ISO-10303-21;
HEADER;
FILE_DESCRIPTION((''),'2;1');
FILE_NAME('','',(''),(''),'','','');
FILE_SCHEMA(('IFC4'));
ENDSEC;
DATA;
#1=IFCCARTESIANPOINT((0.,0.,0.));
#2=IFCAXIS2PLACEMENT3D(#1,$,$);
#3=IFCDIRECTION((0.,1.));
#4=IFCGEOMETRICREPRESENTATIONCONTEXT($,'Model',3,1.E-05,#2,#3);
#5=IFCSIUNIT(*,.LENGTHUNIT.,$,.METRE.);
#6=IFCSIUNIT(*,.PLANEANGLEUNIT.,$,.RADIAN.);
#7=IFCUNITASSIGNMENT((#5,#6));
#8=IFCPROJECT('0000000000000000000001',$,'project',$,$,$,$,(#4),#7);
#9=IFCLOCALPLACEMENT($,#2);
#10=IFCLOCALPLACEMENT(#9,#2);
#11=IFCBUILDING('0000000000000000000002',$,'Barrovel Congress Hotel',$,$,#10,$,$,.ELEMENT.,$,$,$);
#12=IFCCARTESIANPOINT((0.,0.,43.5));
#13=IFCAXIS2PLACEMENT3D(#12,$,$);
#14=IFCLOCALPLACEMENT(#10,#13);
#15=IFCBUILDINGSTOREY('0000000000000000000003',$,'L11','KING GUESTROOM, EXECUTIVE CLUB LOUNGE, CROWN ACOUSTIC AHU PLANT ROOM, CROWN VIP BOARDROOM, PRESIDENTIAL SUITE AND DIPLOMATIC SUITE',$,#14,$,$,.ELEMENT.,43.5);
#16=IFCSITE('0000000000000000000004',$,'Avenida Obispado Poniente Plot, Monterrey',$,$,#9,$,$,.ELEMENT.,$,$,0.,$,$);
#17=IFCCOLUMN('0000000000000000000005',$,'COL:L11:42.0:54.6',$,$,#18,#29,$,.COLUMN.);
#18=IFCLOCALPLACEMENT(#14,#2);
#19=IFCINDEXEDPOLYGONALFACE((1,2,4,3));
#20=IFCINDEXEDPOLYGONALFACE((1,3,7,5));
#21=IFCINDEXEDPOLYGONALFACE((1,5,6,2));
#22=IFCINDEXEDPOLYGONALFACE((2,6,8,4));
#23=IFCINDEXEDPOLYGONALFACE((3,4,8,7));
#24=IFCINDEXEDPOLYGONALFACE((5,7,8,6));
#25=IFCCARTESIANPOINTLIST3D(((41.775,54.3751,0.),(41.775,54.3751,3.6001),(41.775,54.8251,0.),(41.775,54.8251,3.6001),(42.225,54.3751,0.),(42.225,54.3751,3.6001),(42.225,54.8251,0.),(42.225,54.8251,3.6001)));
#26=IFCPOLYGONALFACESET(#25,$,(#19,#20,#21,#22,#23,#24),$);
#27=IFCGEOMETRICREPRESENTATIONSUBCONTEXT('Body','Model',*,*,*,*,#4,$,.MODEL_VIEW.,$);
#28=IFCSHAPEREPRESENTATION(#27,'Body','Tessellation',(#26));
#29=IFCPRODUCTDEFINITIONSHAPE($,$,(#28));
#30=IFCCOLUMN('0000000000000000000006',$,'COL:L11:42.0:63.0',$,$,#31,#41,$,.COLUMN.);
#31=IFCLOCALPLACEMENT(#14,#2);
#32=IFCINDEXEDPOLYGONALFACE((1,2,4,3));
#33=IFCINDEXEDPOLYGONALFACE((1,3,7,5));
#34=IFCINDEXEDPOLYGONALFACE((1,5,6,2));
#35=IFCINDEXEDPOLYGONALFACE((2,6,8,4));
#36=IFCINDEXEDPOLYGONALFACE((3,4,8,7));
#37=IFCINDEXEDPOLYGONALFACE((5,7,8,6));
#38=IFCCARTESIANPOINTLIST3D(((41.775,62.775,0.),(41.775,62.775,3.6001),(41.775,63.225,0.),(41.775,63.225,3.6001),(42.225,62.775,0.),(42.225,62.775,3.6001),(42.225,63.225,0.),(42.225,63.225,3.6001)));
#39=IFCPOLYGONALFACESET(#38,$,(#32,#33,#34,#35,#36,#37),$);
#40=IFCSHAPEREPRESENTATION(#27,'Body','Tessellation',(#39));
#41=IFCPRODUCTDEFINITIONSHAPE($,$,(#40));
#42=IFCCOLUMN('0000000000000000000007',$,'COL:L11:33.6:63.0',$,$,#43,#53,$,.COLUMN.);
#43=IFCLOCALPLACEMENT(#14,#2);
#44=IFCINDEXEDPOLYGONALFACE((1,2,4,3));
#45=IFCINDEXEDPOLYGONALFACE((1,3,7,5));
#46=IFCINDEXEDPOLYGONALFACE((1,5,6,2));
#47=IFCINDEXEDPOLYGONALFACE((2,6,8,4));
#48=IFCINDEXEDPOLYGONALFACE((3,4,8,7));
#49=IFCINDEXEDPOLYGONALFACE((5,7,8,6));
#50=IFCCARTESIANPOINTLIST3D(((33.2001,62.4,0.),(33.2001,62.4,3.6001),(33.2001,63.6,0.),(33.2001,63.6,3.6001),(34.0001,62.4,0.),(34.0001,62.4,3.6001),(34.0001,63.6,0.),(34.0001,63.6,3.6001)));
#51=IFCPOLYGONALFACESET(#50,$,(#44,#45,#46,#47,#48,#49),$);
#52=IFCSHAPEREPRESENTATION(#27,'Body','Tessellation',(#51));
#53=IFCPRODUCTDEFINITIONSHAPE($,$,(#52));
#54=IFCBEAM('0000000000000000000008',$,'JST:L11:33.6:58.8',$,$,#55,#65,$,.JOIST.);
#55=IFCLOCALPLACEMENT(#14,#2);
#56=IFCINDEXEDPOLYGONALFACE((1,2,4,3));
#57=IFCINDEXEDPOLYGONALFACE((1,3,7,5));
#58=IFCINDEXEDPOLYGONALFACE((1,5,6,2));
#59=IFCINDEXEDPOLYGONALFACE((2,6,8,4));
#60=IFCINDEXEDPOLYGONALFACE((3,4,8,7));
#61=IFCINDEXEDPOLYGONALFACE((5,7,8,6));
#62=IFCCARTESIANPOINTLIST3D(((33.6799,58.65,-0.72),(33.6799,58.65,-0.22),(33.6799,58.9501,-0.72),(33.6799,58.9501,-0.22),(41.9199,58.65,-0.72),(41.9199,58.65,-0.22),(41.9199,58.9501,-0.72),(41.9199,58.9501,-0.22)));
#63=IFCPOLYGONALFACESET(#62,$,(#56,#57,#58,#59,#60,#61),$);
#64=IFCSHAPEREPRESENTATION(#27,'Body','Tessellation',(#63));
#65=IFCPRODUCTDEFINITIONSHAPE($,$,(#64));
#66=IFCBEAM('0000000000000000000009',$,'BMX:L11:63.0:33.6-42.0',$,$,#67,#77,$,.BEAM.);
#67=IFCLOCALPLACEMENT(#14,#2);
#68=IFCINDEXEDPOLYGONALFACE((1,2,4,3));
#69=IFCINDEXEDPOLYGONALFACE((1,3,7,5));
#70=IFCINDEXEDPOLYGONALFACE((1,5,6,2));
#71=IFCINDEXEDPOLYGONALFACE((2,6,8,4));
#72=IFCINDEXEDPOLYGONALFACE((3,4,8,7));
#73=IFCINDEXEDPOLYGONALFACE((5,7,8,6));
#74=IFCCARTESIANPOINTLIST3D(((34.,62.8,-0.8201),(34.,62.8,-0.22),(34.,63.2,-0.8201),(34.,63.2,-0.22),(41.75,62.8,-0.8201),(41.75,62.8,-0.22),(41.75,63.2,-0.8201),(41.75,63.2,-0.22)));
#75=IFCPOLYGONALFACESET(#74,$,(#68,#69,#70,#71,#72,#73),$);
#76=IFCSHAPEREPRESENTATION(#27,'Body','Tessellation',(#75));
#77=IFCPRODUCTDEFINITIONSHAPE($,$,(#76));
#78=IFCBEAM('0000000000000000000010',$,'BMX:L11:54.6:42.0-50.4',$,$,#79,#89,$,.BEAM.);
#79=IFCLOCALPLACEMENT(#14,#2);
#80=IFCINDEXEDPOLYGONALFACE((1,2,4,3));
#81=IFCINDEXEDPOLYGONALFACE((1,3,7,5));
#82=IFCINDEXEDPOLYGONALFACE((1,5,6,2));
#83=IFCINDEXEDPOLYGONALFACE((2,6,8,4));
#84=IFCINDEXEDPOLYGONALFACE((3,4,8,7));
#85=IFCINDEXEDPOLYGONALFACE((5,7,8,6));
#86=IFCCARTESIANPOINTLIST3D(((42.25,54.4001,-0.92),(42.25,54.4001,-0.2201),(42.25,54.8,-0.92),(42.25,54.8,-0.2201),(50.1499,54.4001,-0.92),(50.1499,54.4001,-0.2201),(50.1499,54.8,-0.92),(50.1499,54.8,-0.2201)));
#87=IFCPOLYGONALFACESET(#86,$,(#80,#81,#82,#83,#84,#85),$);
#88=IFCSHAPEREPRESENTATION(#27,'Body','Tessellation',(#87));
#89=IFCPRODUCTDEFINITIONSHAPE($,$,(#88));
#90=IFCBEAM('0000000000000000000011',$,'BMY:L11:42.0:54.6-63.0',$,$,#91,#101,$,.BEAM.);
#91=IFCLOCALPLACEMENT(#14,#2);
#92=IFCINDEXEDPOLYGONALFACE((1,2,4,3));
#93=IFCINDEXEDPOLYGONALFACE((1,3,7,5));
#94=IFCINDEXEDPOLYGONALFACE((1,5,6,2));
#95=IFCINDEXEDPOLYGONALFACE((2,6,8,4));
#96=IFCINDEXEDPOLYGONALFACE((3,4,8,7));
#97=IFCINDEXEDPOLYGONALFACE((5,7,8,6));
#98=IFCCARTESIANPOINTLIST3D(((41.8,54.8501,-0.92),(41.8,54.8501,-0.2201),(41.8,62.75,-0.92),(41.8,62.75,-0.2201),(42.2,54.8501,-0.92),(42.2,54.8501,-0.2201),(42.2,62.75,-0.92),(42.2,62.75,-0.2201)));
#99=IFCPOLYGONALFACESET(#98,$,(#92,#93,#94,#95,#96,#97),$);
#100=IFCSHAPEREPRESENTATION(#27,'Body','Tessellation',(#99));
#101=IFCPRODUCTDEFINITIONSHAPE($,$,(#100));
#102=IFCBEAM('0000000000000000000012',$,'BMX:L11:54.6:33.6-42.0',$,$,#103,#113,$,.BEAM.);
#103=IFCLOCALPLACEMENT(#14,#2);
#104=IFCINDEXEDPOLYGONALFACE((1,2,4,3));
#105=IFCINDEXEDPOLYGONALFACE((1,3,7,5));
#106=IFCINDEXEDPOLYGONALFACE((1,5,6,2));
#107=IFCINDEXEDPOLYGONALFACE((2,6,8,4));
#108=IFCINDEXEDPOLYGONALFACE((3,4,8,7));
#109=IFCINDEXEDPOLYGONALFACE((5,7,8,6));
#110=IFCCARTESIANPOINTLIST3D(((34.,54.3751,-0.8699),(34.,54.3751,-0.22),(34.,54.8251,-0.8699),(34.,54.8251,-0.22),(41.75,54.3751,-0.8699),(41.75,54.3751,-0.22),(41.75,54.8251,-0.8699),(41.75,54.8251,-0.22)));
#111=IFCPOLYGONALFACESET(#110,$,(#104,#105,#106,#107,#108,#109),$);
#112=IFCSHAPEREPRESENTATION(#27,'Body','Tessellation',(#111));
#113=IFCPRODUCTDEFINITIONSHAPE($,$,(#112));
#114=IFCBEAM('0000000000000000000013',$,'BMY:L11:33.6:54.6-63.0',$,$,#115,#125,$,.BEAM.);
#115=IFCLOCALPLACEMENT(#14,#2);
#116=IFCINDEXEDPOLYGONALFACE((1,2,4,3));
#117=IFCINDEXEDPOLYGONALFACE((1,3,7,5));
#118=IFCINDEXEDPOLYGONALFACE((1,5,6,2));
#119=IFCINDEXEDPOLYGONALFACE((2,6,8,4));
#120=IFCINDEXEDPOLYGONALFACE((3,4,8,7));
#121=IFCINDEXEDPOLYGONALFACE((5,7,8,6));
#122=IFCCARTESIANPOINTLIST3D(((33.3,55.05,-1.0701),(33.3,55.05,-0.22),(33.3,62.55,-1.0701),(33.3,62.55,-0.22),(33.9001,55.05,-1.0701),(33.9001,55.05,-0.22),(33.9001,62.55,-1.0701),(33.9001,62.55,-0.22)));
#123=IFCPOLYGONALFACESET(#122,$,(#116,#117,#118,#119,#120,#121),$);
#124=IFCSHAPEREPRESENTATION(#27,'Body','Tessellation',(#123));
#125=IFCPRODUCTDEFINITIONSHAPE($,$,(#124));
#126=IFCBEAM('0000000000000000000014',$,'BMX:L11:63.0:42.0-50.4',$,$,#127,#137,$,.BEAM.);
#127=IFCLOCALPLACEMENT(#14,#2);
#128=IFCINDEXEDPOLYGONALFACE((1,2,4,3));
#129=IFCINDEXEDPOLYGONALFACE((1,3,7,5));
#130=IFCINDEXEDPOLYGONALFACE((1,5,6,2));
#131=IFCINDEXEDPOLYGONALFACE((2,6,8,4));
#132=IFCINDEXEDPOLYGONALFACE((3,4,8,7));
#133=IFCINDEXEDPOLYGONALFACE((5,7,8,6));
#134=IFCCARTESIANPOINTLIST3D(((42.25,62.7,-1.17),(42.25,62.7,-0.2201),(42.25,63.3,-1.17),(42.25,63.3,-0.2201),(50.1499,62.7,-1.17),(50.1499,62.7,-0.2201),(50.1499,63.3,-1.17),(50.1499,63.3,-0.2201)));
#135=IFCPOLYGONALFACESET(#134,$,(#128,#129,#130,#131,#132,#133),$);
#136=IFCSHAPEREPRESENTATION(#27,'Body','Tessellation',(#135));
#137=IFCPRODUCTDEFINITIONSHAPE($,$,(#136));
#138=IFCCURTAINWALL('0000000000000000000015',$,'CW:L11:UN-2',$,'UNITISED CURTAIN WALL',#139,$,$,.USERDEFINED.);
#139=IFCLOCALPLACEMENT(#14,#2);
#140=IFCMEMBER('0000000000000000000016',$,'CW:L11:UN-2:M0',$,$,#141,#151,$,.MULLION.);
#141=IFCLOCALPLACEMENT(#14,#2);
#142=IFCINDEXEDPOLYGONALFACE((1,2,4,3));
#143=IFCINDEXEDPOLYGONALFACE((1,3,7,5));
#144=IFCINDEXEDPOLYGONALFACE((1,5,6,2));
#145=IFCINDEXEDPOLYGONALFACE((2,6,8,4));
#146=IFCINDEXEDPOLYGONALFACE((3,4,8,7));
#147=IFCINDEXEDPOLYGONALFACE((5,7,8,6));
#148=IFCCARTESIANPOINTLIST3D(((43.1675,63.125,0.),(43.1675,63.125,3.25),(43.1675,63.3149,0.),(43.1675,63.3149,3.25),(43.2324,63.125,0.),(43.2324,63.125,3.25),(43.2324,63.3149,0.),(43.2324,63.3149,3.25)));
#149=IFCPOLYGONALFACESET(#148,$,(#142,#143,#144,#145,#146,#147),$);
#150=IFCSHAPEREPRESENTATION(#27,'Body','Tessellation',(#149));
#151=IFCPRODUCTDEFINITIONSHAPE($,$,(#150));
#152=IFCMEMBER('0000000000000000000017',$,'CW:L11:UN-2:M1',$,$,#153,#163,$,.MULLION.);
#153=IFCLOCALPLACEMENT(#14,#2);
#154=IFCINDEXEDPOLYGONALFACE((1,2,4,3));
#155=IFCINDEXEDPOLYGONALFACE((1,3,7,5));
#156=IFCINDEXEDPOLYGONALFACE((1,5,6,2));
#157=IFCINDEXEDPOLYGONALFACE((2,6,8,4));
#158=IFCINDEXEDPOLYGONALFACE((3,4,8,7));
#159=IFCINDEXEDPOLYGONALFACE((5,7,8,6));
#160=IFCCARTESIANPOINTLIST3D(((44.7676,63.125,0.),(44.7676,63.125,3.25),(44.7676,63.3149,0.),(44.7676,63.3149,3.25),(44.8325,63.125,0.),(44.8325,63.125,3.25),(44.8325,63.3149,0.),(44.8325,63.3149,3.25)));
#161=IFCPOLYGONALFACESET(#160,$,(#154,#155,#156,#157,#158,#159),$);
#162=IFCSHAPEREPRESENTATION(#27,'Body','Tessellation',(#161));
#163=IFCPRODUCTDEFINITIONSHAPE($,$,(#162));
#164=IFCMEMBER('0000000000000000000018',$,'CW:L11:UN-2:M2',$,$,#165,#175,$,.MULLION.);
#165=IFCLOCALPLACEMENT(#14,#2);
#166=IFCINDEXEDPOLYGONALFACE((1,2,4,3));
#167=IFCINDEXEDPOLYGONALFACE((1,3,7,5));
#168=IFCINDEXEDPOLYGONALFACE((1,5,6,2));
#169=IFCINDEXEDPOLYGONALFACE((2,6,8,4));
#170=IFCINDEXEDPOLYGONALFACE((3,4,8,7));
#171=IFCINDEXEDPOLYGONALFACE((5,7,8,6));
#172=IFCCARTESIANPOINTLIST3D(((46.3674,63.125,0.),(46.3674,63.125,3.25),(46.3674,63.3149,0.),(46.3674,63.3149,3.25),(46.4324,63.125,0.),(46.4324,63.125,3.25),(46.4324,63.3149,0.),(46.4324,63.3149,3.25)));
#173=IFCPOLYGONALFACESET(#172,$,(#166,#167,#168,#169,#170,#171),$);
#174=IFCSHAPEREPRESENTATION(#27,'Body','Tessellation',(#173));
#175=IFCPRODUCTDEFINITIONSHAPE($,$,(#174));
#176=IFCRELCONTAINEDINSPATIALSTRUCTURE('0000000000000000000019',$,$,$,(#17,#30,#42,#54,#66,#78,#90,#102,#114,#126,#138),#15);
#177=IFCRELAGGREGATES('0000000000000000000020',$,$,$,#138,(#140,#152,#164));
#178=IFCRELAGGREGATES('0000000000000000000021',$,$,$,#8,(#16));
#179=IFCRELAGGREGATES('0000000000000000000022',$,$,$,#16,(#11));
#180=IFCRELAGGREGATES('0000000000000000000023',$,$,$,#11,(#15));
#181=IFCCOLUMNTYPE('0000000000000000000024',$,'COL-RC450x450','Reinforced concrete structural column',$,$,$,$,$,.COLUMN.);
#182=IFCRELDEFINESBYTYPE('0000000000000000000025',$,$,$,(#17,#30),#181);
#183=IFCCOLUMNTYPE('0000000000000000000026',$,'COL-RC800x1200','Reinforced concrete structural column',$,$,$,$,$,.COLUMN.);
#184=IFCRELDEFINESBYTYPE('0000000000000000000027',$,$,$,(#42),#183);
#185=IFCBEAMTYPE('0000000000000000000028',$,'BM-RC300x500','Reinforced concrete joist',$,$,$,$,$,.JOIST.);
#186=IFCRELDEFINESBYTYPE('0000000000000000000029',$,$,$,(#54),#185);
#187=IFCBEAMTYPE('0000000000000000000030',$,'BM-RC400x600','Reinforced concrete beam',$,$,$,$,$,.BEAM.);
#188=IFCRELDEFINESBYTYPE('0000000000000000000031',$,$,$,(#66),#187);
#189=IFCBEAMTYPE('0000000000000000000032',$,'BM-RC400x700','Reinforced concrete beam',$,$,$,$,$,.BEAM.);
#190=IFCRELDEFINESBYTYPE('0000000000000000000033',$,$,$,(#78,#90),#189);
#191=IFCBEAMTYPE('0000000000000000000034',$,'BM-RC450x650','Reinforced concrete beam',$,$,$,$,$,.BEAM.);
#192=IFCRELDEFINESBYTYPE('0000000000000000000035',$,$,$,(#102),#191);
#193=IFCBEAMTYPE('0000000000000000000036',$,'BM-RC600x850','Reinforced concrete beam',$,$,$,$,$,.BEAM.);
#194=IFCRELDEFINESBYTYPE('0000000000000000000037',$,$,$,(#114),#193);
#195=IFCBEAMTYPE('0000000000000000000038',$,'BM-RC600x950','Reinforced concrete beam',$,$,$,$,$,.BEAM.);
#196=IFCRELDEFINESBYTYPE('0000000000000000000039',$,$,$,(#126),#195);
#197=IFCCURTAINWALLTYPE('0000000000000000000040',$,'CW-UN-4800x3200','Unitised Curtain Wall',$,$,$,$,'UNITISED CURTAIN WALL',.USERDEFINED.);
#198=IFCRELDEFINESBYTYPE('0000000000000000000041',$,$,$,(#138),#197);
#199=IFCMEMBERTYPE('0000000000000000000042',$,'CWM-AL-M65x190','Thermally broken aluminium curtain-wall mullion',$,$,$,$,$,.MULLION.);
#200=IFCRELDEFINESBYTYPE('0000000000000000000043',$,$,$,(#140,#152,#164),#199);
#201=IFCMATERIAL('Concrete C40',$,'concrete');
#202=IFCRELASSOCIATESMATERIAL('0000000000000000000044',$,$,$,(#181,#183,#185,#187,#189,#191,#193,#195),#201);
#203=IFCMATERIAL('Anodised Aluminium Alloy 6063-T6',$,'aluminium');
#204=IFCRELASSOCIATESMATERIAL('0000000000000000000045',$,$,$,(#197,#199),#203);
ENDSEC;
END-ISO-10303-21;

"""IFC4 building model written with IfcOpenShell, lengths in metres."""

from ifc_helpers import new_model, si_unit, direction, frame, origin, origin_2d, place, context, subcontext, project, spatial, rectangle, extrude, material, material_profile, profile_set, type_object, element, aggregate, save


model = new_model("IFC4")

# Units and contexts
model_context = context("Model", 3, precision=1e-05, world=origin(), true_north=direction((0.0, 1.0)))
body_context = subcontext(model_context, "Body", "Model", "MODEL_VIEW")
ifc_project = project(units=[si_unit("LENGTHUNIT", "METRE"), si_unit("PLANEANGLEUNIT", "RADIAN")], contexts=[model_context])

# Site, building, storey
site_placement = place(None, origin())
site = spatial("IfcSite", under=ifc_project, at=site_placement, Name="Avenida Obispado Poniente Plot, Monterrey", CompositionType="ELEMENT", RefElevation=0.0)
building_placement = place(site_placement, origin())
building = spatial("IfcBuilding", under=site, at=building_placement, Name="Barrovel Congress Hotel", CompositionType="ELEMENT")
storey_placement = place(building_placement, frame((0.0, 0.0, 43.5)))
storey = spatial("IfcBuildingStorey", under=building, at=storey_placement, Name="L11", Description="KING GUESTROOM, EXECUTIVE CLUB LOUNGE, CROWN ACOUSTIC AHU PLANT ROOM, CROWN VIP BOARDROOM, PRESIDENTIAL SUITE AND DIPLOMATIC SUITE", CompositionType="ELEMENT", Elevation=43.5)

# Columns
ifc_material_1 = material(Name="Concrete C40", Category="concrete")
ifc_material_profile_1 = material_profile(ifc_material_1, rectangle(XDim=0.45, YDim=0.45, at=origin_2d()), Name="RC450x450")
ifc_profile_set_1 = profile_set([ifc_material_profile_1], Name="Concrete C40")
column_type_1 = type_object("IfcColumnType", Name="COL-RC450x450", Description="Reinforced concrete structural column", PredefinedType="COLUMN", material=ifc_profile_set_1)
for number, where, z_axis, x_axis, name in (
    (1, (42.0, 54.6001, 0.0), (0.0, 0.0, 1.0), (1.0, 0.0, 0.0), "COL:L11:42.0:54.6"),
    (2, (42.0, 63.0, 0.0), (0.0, 0.0, 1.0), (1.0, 0.0, 0.0), "COL:L11:42.0:63.0"),
):
    element("IfcColumn", number, at=place(storey_placement, frame(where, z_axis=z_axis, x_axis=x_axis)), inside=storey, type_object=column_type_1, Name=name, PredefinedType="COLUMN", context=body_context, shape_type="SweptSolid", body=[
        extrude(rectangle(XDim=0.45, YDim=0.45, at=origin_2d()), origin(), (0.0, 0.0, 1.0), 3.6001),
    ])
ifc_material_profile_2 = material_profile(ifc_material_1, rectangle(XDim=0.8, YDim=1.2, at=origin_2d()), Name="RC800x1200")
ifc_profile_set_2 = profile_set([ifc_material_profile_2], Name="Concrete C40")
column_type_2 = type_object("IfcColumnType", Name="COL-RC800x1200", Description="Reinforced concrete structural column", PredefinedType="COLUMN", material=ifc_profile_set_2)
column_placement = place(storey_placement, frame((33.6001, 63.0, 0.0), z_axis=(0.0, 0.0, 1.0), x_axis=(1.0, 0.0, 0.0)))
element("IfcColumn", 3, at=column_placement, inside=storey, type_object=column_type_2, Name="COL:L11:33.6:63.0", PredefinedType="COLUMN", context=body_context, shape_type="SweptSolid", body=[
    extrude(rectangle(XDim=0.8, YDim=1.2, at=origin_2d()), origin(), (0.0, 0.0, 1.0), 3.6001),
])

# Beams
ifc_material_profile_3 = material_profile(ifc_material_1, rectangle(XDim=0.3, YDim=0.5, at=origin_2d()), Name="RC300x500")
ifc_profile_set_3 = profile_set([ifc_material_profile_3], Name="Concrete C40")
beam_type_1 = type_object("IfcBeamType", Name="BM-RC300x500", Description="Reinforced concrete joist", PredefinedType="JOIST", material=ifc_profile_set_3)
beam_1_placement = place(storey_placement, frame((33.6799, 58.8, -0.47), z_axis=(1.0, 0.0, 0.0), x_axis=(0.0, 1.0, 0.0)))
element("IfcBeam", 4, at=beam_1_placement, inside=storey, type_object=beam_type_1, Name="JST:L11:33.6:58.8", PredefinedType="JOIST", context=body_context, shape_type="SweptSolid", body=[
    extrude(rectangle(XDim=0.3, YDim=0.5, at=origin_2d()), origin(), (0.0, 0.0, 1.0), 8.24),
])
ifc_material_profile_4 = material_profile(ifc_material_1, rectangle(XDim=0.3999, YDim=0.6001, at=origin_2d()), Name="RC400x600")
ifc_profile_set_4 = profile_set([ifc_material_profile_4], Name="Concrete C40")
beam_type_2 = type_object("IfcBeamType", Name="BM-RC400x600", Description="Reinforced concrete beam", PredefinedType="BEAM", material=ifc_profile_set_4)
beam_2_placement = place(storey_placement, frame((34.0, 63.0, -0.52), z_axis=(1.0, 0.0, 0.0), x_axis=(0.0, 1.0, 0.0)))
element("IfcBeam", 5, at=beam_2_placement, inside=storey, type_object=beam_type_2, Name="BMX:L11:63.0:33.6-42.0", PredefinedType="BEAM", context=body_context, shape_type="SweptSolid", body=[
    extrude(rectangle(XDim=0.3999, YDim=0.6001, at=origin_2d()), origin(), (0.0, 0.0, 1.0), 7.75),
])
ifc_material_profile_5 = material_profile(ifc_material_1, rectangle(XDim=0.3999, YDim=0.7, at=origin_2d()), Name="RC400x700")
ifc_profile_set_5 = profile_set([ifc_material_profile_5], Name="Concrete C40")
beam_type_3 = type_object("IfcBeamType", Name="BM-RC400x700", Description="Reinforced concrete beam", PredefinedType="BEAM", material=ifc_profile_set_5)
for number, where, z_axis, x_axis, name in (
    (6, (42.25, 54.6001, -0.5701), (1.0, 0.0, 0.0), (0.0, 1.0, 0.0), "BMX:L11:54.6:42.0-50.4"),
    (7, (42.0, 54.8501, -0.5701), (0.0, 1.0, 0.0), (-1.0, 0.0, 0.0), "BMY:L11:42.0:54.6-63.0"),
):
    element("IfcBeam", number, at=place(storey_placement, frame(where, z_axis=z_axis, x_axis=x_axis)), inside=storey, type_object=beam_type_3, Name=name, PredefinedType="BEAM", context=body_context, shape_type="SweptSolid", body=[
        extrude(rectangle(XDim=0.3999, YDim=0.7, at=origin_2d()), origin(), (0.0, 0.0, 1.0), 7.8999),
    ])
ifc_material_profile_6 = material_profile(ifc_material_1, rectangle(XDim=0.45, YDim=0.6499, at=origin_2d()), Name="RC450x650")
ifc_profile_set_6 = profile_set([ifc_material_profile_6], Name="Concrete C40")
beam_type_4 = type_object("IfcBeamType", Name="BM-RC450x650", Description="Reinforced concrete beam", PredefinedType="BEAM", material=ifc_profile_set_6)
beam_3_placement = place(storey_placement, frame((34.0, 54.6001, -0.5449), z_axis=(1.0, 0.0, 0.0), x_axis=(0.0, 1.0, 0.0)))
element("IfcBeam", 8, at=beam_3_placement, inside=storey, type_object=beam_type_4, Name="BMX:L11:54.6:33.6-42.0", PredefinedType="BEAM", context=body_context, shape_type="SweptSolid", body=[
    extrude(rectangle(XDim=0.45, YDim=0.6499, at=origin_2d()), origin(), (0.0, 0.0, 1.0), 7.75),
])
ifc_material_profile_7 = material_profile(ifc_material_1, rectangle(XDim=0.6001, YDim=0.8501, at=origin_2d()), Name="RC600x850")
ifc_profile_set_7 = profile_set([ifc_material_profile_7], Name="Concrete C40")
beam_type_5 = type_object("IfcBeamType", Name="BM-RC600x850", Description="Reinforced concrete beam", PredefinedType="BEAM", material=ifc_profile_set_7)
beam_4_placement = place(storey_placement, frame((33.6001, 55.05, -0.645), z_axis=(0.0, 1.0, 0.0), x_axis=(-1.0, 0.0, 0.0)))
element("IfcBeam", 9, at=beam_4_placement, inside=storey, type_object=beam_type_5, Name="BMY:L11:33.6:54.6-63.0", PredefinedType="BEAM", context=body_context, shape_type="SweptSolid", body=[
    extrude(rectangle(XDim=0.6001, YDim=0.8501, at=origin_2d()), origin(), (0.0, 0.0, 1.0), 7.5),
])
ifc_material_profile_8 = material_profile(ifc_material_1, rectangle(XDim=0.6001, YDim=0.95, at=origin_2d()), Name="RC600x950")
ifc_profile_set_8 = profile_set([ifc_material_profile_8], Name="Concrete C40")
beam_type_6 = type_object("IfcBeamType", Name="BM-RC600x950", Description="Reinforced concrete beam", PredefinedType="BEAM", material=ifc_profile_set_8)
beam_5_placement = place(storey_placement, frame((42.25, 63.0, -0.6951), z_axis=(1.0, 0.0, 0.0), x_axis=(0.0, 1.0, 0.0)))
element("IfcBeam", 10, at=beam_5_placement, inside=storey, type_object=beam_type_6, Name="BMX:L11:63.0:42.0-50.4", PredefinedType="BEAM", context=body_context, shape_type="SweptSolid", body=[
    extrude(rectangle(XDim=0.6001, YDim=0.95, at=origin_2d()), origin(), (0.0, 0.0, 1.0), 7.8999),
])

# Curtain wall, members
ifc_material_2 = material(Name="Anodised Aluminium Alloy 6063-T6", Category="aluminium")
curtain_wall_type = type_object("IfcCurtainWallType", Name="CW-UN-4800x3200", Description="Unitised Curtain Wall", ElementType="UNITISED CURTAIN WALL", PredefinedType="USERDEFINED", material=ifc_material_2)
curtain_wall_placement = place(storey_placement, origin())
curtain_wall = element("IfcCurtainWall", 11, at=curtain_wall_placement, inside=storey, type_object=curtain_wall_type, Name="CW:L11:UN-2", ObjectType="UNITISED CURTAIN WALL", PredefinedType="USERDEFINED")
ifc_material_profile_9 = material_profile(ifc_material_2, rectangle(XDim=0.0649, YDim=0.1899, at=origin_2d()), Name="AL-M65x190")
ifc_profile_set_9 = profile_set([ifc_material_profile_9], Name="Anodised Aluminium Alloy 6063-T6")
member_type_1 = type_object("IfcMemberType", Name="CWM-AL-M65x190", Description="Thermally broken aluminium curtain-wall mullion", PredefinedType="MULLION", material=ifc_profile_set_9)
member_1_placement = place(storey_placement, frame((43.2, 63.22, 0.0), z_axis=(0.0, 0.0, 1.0), x_axis=(1.0, 0.0, 0.0)))
member_1 = element("IfcMember", 12, at=member_1_placement, type_object=member_type_1, Name="CW:L11:UN-2:M0", PredefinedType="MULLION", context=body_context, shape_type="SweptSolid", body=[
    extrude(rectangle(XDim=0.0649, YDim=0.1899, at=origin_2d()), origin(), (0.0, 0.0, 1.0), 3.25),
])
member_2_placement = place(storey_placement, frame((44.8, 63.22, 0.0), z_axis=(0.0, 0.0, 1.0), x_axis=(1.0, 0.0, 0.0)))
member_2 = element("IfcMember", 13, at=member_2_placement, type_object=member_type_1, Name="CW:L11:UN-2:M1", PredefinedType="MULLION", context=body_context, shape_type="SweptSolid", body=[
    extrude(rectangle(XDim=0.0649, YDim=0.1899, at=origin_2d()), origin(), (0.0, 0.0, 1.0), 3.25),
])
member_3_placement = place(storey_placement, frame((46.3999, 63.22, 0.0), z_axis=(0.0, 0.0, 1.0), x_axis=(1.0, 0.0, 0.0)))
member_3 = element("IfcMember", 14, at=member_3_placement, type_object=member_type_1, Name="CW:L11:UN-2:M2", PredefinedType="MULLION", context=body_context, shape_type="SweptSolid", body=[
    extrude(rectangle(XDim=0.0649, YDim=0.1899, at=origin_2d()), origin(), (0.0, 0.0, 1.0), 3.25),
])
aggregate(curtain_wall, [member_1, member_2, member_3])

save(model, "model.ifc")
